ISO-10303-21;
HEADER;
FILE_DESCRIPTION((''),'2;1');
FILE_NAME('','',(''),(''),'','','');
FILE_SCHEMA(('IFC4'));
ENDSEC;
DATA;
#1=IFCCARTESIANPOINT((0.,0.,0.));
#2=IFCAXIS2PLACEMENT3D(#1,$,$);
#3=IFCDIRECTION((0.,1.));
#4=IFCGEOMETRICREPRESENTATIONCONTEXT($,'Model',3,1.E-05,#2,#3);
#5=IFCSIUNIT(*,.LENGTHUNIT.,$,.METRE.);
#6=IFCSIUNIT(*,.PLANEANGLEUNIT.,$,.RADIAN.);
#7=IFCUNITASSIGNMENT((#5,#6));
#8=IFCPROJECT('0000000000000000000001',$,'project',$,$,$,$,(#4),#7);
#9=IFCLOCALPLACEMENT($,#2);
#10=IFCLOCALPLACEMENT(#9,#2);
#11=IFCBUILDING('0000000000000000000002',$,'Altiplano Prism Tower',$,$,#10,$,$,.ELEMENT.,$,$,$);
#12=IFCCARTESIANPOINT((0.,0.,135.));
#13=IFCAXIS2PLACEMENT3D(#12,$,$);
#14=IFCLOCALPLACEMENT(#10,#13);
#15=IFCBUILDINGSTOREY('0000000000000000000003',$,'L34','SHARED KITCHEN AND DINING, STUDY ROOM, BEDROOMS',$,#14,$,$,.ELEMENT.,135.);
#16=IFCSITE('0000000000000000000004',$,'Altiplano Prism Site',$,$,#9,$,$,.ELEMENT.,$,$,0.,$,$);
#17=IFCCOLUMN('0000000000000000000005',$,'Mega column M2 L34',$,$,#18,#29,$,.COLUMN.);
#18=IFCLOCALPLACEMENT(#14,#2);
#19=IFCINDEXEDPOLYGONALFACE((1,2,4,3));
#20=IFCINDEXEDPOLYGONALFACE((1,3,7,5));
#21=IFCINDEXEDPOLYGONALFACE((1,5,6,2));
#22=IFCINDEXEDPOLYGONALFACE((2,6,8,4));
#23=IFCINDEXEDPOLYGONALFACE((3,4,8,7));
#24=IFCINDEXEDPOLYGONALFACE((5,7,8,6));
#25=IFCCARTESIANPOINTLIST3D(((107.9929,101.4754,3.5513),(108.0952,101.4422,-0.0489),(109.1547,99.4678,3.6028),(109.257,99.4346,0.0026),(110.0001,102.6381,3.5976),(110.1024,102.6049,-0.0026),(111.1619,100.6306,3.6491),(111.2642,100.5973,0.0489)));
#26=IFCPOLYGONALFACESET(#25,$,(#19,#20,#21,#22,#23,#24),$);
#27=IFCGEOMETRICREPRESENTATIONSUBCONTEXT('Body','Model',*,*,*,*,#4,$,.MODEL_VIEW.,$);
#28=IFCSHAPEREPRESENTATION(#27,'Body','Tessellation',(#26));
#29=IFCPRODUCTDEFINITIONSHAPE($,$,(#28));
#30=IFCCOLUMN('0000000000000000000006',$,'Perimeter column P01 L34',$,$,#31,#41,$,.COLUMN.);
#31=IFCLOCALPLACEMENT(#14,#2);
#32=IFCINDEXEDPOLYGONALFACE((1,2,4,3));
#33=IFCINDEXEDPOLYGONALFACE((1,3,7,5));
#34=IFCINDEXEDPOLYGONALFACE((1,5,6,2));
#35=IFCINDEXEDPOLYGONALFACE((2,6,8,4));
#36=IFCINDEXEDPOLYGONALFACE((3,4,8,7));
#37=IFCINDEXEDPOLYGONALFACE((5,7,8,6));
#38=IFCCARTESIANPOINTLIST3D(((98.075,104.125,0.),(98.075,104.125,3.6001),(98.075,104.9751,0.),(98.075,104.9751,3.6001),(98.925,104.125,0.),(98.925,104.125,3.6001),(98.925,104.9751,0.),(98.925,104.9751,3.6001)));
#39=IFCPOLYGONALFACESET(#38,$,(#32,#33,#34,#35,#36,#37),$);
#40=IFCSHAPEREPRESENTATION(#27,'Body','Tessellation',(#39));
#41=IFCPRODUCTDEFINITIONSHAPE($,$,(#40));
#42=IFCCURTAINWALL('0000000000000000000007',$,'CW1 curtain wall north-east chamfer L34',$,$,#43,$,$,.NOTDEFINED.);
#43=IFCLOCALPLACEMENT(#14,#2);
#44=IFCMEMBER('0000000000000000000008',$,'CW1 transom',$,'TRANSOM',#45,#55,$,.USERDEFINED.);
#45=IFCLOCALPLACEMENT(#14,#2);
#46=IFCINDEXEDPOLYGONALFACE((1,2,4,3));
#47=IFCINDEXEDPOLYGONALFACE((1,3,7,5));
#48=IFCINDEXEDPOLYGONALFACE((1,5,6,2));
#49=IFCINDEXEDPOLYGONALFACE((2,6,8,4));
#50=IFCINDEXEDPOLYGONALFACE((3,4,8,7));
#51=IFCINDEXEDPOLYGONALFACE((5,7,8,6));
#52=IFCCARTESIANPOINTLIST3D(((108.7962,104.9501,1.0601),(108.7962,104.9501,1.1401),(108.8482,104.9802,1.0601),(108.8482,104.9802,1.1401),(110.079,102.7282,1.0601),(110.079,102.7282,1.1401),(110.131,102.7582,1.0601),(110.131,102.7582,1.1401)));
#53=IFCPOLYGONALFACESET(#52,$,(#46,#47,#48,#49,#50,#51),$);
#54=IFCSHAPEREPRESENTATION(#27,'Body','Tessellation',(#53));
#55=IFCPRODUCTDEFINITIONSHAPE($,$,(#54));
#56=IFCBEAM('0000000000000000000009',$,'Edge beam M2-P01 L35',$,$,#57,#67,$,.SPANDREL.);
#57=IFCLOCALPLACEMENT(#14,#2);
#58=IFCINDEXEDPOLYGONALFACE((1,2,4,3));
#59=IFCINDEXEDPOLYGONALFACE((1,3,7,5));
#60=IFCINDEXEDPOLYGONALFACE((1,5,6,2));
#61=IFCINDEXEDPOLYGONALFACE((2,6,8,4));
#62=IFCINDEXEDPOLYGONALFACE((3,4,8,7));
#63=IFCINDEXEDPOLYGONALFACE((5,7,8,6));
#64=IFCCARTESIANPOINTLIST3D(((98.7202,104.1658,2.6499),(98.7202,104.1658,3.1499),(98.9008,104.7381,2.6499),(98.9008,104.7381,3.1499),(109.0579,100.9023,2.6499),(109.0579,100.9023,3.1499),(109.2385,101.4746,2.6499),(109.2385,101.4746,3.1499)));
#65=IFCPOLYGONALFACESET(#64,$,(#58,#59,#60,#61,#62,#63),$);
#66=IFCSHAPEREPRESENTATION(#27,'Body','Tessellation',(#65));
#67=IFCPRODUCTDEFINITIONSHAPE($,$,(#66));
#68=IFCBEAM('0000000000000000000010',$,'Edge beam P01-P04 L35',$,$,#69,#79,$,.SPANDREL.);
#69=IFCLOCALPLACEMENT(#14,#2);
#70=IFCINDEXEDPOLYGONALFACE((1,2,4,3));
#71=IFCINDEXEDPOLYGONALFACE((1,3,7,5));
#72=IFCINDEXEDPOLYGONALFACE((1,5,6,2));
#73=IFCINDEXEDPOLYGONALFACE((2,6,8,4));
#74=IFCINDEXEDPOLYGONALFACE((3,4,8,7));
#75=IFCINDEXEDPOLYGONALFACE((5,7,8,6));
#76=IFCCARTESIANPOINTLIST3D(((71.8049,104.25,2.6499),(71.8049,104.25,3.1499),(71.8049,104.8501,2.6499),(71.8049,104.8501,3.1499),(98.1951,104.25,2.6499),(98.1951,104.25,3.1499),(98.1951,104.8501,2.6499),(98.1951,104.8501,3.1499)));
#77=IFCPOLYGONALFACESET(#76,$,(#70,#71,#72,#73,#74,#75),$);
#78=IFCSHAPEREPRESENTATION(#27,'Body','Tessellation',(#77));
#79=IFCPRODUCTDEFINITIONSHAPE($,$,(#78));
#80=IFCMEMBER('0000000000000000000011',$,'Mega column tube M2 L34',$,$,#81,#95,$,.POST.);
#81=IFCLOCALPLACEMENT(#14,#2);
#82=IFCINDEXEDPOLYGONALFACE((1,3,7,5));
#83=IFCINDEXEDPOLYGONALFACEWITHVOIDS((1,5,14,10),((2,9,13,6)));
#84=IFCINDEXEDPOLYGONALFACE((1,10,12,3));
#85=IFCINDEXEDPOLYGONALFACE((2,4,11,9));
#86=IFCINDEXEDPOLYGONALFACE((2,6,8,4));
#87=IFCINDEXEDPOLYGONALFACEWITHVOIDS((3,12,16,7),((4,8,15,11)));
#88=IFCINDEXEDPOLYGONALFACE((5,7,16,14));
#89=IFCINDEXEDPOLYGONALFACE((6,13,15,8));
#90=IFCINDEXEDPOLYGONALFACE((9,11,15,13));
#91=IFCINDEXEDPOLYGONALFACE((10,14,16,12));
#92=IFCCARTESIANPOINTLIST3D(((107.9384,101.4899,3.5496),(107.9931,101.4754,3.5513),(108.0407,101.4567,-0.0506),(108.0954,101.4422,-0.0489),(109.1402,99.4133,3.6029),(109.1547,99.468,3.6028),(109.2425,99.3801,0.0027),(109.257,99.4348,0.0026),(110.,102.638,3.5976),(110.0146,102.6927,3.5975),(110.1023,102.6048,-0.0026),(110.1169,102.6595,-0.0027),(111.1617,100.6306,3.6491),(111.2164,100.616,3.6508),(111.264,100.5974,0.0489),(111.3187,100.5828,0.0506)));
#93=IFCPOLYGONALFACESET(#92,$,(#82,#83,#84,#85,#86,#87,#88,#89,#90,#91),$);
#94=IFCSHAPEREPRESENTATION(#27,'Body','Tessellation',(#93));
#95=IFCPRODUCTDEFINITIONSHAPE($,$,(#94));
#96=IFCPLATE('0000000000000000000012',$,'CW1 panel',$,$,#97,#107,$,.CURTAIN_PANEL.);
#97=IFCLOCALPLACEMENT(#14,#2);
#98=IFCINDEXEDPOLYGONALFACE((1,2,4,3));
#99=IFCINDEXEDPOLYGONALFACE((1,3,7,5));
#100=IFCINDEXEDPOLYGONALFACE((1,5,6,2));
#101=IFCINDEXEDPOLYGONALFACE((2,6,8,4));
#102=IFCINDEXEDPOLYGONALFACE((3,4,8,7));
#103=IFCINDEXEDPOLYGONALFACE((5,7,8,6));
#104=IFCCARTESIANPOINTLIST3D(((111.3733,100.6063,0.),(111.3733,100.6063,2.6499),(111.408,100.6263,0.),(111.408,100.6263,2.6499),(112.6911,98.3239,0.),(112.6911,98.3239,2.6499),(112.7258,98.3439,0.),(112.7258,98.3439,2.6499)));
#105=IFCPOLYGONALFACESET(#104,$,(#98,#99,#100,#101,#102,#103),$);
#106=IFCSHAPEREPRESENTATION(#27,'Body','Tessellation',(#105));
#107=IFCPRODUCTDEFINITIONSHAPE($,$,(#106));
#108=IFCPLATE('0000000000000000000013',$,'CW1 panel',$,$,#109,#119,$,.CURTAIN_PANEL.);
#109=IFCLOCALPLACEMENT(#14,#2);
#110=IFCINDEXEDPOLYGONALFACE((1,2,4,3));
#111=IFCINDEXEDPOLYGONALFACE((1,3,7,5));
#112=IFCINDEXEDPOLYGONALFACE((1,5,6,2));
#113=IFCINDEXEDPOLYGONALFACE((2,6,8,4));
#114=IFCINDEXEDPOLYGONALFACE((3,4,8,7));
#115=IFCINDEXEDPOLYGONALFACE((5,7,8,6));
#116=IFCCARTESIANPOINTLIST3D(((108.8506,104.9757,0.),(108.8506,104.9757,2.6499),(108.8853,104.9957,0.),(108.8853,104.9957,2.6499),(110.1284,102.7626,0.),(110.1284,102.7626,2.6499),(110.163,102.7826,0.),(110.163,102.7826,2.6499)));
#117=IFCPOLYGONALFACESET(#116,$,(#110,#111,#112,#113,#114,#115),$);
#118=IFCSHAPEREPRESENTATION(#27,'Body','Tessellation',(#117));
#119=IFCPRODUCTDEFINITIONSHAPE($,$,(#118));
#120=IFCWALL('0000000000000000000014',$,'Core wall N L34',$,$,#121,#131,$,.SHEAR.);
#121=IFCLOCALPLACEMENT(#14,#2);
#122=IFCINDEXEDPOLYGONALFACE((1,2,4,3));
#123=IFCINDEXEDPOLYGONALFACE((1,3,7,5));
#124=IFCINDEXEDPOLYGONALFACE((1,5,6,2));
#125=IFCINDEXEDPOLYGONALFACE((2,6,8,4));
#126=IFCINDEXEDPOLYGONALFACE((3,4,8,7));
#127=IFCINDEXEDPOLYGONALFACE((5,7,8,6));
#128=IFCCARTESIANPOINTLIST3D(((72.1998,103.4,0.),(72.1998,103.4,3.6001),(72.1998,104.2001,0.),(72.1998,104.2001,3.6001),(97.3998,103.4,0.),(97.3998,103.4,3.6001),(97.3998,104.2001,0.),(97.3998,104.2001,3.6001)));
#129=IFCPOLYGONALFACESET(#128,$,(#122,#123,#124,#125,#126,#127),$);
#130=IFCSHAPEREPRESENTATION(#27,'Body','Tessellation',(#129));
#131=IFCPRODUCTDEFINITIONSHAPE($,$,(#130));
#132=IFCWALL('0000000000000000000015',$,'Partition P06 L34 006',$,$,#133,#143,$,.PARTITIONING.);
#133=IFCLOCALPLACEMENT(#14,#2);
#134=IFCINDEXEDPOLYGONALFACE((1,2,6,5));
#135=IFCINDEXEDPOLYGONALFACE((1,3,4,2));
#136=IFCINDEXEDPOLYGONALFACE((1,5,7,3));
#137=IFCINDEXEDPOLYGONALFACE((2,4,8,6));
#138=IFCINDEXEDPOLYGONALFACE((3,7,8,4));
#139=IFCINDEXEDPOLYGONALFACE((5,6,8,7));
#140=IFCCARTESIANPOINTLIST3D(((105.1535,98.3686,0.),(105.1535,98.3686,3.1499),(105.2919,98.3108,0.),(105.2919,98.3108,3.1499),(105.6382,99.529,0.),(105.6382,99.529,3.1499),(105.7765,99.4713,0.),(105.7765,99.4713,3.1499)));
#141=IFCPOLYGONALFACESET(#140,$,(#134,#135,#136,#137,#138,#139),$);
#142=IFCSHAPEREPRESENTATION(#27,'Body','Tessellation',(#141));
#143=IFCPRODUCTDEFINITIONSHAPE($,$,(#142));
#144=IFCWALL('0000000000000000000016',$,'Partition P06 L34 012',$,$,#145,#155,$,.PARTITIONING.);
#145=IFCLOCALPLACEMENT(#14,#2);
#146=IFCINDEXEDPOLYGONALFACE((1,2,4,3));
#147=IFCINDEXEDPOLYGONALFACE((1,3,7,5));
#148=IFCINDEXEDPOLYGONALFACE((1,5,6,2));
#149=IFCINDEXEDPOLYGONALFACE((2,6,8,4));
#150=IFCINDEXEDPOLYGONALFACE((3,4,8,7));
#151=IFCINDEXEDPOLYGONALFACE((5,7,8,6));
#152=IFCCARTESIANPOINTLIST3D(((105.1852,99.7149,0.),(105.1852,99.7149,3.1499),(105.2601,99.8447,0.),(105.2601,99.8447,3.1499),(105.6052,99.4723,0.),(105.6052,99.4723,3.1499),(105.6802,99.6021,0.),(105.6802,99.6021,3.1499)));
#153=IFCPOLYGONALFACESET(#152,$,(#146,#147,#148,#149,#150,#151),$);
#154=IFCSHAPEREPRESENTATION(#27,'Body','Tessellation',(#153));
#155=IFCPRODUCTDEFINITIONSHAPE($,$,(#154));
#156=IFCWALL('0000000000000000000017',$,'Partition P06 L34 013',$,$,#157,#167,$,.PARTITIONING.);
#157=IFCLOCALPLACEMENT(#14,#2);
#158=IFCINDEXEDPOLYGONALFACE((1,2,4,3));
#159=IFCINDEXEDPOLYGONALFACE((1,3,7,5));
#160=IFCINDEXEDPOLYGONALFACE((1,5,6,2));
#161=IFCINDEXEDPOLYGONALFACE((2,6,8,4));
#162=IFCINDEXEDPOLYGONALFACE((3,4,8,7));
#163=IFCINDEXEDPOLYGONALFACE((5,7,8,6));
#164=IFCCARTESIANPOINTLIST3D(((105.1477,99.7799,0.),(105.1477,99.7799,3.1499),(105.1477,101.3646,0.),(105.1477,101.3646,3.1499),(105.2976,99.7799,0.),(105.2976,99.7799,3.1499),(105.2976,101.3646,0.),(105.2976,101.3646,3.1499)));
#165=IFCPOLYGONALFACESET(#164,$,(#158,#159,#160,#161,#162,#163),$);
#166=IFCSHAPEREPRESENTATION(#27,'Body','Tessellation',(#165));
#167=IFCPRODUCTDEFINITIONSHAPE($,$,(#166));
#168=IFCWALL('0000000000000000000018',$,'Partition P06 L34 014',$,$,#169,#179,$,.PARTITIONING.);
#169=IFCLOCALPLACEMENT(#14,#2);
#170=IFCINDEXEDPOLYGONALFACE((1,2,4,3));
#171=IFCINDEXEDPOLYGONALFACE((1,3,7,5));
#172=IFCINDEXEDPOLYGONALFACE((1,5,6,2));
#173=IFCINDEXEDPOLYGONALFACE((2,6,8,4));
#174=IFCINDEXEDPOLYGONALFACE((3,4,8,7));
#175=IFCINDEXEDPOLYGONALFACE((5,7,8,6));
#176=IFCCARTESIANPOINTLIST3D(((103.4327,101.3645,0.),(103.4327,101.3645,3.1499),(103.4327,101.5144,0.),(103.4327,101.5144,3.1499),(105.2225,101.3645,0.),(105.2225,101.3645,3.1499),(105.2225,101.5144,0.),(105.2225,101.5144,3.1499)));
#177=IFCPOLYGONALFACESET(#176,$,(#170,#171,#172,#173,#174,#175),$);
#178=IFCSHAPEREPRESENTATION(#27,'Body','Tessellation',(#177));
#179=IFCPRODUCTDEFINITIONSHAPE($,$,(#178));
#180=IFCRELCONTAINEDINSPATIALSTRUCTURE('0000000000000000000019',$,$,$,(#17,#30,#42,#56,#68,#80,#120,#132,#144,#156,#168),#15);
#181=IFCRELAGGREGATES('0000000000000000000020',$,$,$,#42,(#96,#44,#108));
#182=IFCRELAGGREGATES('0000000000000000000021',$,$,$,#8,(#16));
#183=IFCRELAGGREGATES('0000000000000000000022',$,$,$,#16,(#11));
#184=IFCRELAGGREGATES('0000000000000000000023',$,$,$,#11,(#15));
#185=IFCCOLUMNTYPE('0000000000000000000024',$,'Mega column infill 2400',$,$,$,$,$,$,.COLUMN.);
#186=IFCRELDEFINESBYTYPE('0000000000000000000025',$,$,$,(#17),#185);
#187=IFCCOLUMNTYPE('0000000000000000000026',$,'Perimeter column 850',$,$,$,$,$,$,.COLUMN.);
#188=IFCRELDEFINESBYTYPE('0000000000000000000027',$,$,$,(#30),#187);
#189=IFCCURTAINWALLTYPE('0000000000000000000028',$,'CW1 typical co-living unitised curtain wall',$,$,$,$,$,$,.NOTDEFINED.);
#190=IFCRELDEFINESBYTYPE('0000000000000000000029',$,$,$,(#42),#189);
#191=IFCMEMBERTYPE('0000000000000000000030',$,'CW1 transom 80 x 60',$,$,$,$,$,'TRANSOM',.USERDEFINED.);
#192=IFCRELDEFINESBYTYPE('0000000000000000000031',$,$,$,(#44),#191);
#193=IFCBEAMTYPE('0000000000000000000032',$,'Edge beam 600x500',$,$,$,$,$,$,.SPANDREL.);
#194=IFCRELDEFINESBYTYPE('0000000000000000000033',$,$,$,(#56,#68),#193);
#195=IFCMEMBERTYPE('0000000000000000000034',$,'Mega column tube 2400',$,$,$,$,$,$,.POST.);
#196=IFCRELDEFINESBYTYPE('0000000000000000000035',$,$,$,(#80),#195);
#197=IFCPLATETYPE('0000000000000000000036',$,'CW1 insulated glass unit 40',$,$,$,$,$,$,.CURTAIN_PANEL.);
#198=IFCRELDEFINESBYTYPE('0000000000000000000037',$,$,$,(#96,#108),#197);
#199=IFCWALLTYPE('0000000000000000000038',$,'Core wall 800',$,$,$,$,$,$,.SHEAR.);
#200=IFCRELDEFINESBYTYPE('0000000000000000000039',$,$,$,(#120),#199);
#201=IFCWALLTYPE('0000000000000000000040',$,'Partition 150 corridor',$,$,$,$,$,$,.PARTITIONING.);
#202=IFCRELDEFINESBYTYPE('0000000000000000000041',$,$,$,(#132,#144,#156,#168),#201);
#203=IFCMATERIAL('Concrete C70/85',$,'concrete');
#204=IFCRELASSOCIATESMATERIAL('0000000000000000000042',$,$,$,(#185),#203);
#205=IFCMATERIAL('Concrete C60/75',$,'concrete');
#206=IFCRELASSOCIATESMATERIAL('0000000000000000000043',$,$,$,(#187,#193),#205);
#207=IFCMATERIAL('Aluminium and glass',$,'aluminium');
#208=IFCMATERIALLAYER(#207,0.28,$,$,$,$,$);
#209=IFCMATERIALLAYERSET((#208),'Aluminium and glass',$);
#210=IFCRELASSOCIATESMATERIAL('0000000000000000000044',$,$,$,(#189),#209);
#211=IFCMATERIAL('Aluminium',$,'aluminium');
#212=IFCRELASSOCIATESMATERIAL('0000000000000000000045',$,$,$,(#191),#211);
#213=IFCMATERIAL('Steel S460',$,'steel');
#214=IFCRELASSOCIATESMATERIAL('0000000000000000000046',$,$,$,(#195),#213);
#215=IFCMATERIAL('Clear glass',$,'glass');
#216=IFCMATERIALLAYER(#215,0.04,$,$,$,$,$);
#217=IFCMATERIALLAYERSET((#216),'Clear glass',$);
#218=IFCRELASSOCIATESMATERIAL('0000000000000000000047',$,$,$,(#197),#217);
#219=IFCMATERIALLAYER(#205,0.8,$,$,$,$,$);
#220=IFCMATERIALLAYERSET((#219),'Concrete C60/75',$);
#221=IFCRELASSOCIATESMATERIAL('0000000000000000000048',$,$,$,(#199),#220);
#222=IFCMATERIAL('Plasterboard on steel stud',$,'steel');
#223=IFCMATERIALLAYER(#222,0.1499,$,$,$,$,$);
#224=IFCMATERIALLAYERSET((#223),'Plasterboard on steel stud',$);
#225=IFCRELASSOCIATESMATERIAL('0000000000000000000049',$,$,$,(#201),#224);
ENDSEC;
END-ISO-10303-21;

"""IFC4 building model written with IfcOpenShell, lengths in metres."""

from ifc_helpers import new_model, si_unit, direction, frame, frame_2d, origin, origin_2d, place, context, subcontext, project, spatial, rectangle, hollow_rectangle, extrude, material, layer, layer_set, material_profile, profile_set, type_object, element, aggregate, save


model = new_model("IFC4")

# Units and contexts
model_context = context("Model", 3, precision=1e-05, world=origin(), true_north=direction((0.0, 1.0)))
body_context = subcontext(model_context, "Body", "Model", "MODEL_VIEW")
ifc_project = project(units=[si_unit("LENGTHUNIT", "METRE"), si_unit("PLANEANGLEUNIT", "RADIAN")], contexts=[model_context])

# Site, building, storey
site_placement = place(None, origin())
site = spatial("IfcSite", under=ifc_project, at=site_placement, Name="Altiplano Prism Site", CompositionType="ELEMENT", RefElevation=0.0)
building_placement = place(site_placement, origin())
building = spatial("IfcBuilding", under=site, at=building_placement, Name="Altiplano Prism Tower", CompositionType="ELEMENT")
storey_placement = place(building_placement, frame((0.0, 0.0, 135.0)))
storey = spatial("IfcBuildingStorey", under=building, at=storey_placement, Name="L34", Description="SHARED KITCHEN AND DINING, STUDY ROOM, BEDROOMS", CompositionType="ELEMENT", Elevation=135.0)

# Columns
ifc_material_1 = material(Name="Concrete C70/85", Category="concrete")
ifc_material_profile_1 = material_profile(ifc_material_1, rectangle(XDim=2.3201, YDim=2.3201, at=origin_2d()), Name="Mega column infill 2400")
ifc_profile_set_1 = profile_set([ifc_material_profile_1], Name="Concrete C70/85")
column_type_1 = type_object("IfcColumnType", Name="Mega column infill 2400", PredefinedType="COLUMN", material=ifc_profile_set_1)
column_1_placement = place(storey_placement, frame((109.6797, 101.0198, 0.0), z_axis=(-0.028402, 0.009219, 0.999554), x_axis=(0.50075, -0.865307, 0.022209)))
element("IfcColumn", 1, at=column_1_placement, inside=storey, type_object=column_type_1, Name="Mega column M2 L34", PredefinedType="COLUMN", context=body_context, shape_type="SweptSolid", body=[
    extrude(rectangle(XDim=2.3201, YDim=2.3201, at=origin_2d()), origin(), (0.0, 0.0, 1.0), 3.6018),
])
ifc_material_2 = material(Name="Concrete C60/75", Category="concrete")
ifc_material_profile_2 = material_profile(ifc_material_2, rectangle(XDim=0.8501, YDim=0.8501, at=origin_2d()), Name="Perimeter column 850")
ifc_profile_set_2 = profile_set([ifc_material_profile_2], Name="Concrete C60/75")
column_type_2 = type_object("IfcColumnType", Name="Perimeter column 850", PredefinedType="COLUMN", material=ifc_profile_set_2)
column_2_placement = place(storey_placement, frame((98.5, 104.55, 0.0), z_axis=(0.0, 0.0, 1.0), x_axis=(1.0, 0.0, 0.0)))
element("IfcColumn", 2, at=column_2_placement, inside=storey, type_object=column_type_2, Name="Perimeter column P01 L34", PredefinedType="COLUMN", context=body_context, shape_type="SweptSolid", body=[
    extrude(rectangle(XDim=0.8501, YDim=0.8501, at=origin_2d()), origin(), (0.0, 0.0, 1.0), 3.6001),
])

# Curtain wall, member
ifc_material_3 = material(Name="Aluminium and glass", Category="aluminium")
ifc_layer_1 = layer(ifc_material_3, 0.28)
ifc_layer_set_1 = layer_set([ifc_layer_1], Name="Aluminium and glass")
curtain_wall_type = type_object("IfcCurtainWallType", Name="CW1 typical co-living unitised curtain wall", PredefinedType="NOTDEFINED", material=ifc_layer_set_1)
curtain_wall_placement = place(storey_placement, origin())
curtain_wall = element("IfcCurtainWall", 3, at=curtain_wall_placement, inside=storey, type_object=curtain_wall_type, Name="CW1 curtain wall north-east chamfer L34", PredefinedType="NOTDEFINED")
ifc_material_4 = material(Name="Aluminium", Category="aluminium")
ifc_material_profile_3 = material_profile(ifc_material_4, rectangle(XDim=0.0601, YDim=0.0801, at=origin_2d()), Name="CW1 transom 80 x 60")
ifc_profile_set_3 = profile_set([ifc_material_profile_3], Name="Aluminium")
member_type_1 = type_object("IfcMemberType", Name="CW1 transom 80 x 60", ElementType="TRANSOM", PredefinedType="USERDEFINED", material=ifc_profile_set_3)
member_1_placement = place(storey_placement, frame((110.105, 102.7432, 1.1001), z_axis=(-0.499967, 0.866045, 0.0), x_axis=(-0.866045, -0.499967, 0.0)))
member_1 = element("IfcMember", 4, at=member_1_placement, type_object=member_type_1, Name="CW1 transom", ObjectType="TRANSOM", PredefinedType="USERDEFINED", context=body_context, shape_type="SweptSolid", body=[
    extrude(rectangle(XDim=0.0601, YDim=0.0801, at=origin_2d()), origin(), (0.0, 0.0, 1.0), 2.5657),
])

# Beams
ifc_material_profile_4 = material_profile(ifc_material_2, rectangle(XDim=0.6001, YDim=0.5, at=origin_2d()), Name="Edge beam 600x500")
ifc_profile_set_4 = profile_set([ifc_material_profile_4], Name="Concrete C60/75")
beam_type = type_object("IfcBeamType", Name="Edge beam 600x500", PredefinedType="SPANDREL", material=ifc_profile_set_4)
beam_1_placement = place(storey_placement, frame((109.1482, 101.1885, 2.8999), z_axis=(-0.953612, 0.30104, 0.0), x_axis=(-0.30104, -0.953612, 0.0)))
element("IfcBeam", 5, at=beam_1_placement, inside=storey, type_object=beam_type, Name="Edge beam M2-P01 L35", PredefinedType="SPANDREL", context=body_context, shape_type="SweptSolid", body=[
    extrude(rectangle(XDim=0.6001, YDim=0.5, at=origin_2d()), origin(), (0.0, 0.0, 1.0), 10.8406),
])
beam_2_placement = place(storey_placement, frame((98.1951, 104.55, 2.8999), z_axis=(-1.0, 0.0, 0.0), x_axis=(0.0, -1.0, 0.0)))
element("IfcBeam", 6, at=beam_2_placement, inside=storey, type_object=beam_type, Name="Edge beam P01-P04 L35", PredefinedType="SPANDREL", context=body_context, shape_type="SweptSolid", body=[
    extrude(rectangle(XDim=0.6001, YDim=0.5, at=origin_2d()), origin(), (0.0, 0.0, 1.0), 26.3901),
])

# Member
ifc_material_5 = material(Name="Steel S460", Category="steel")
ifc_material_profile_5 = material_profile(ifc_material_5, hollow_rectangle(XDim=2.3999, YDim=2.3999, WallThickness=0.04, at=origin_2d()), Name="Mega column tube 2400")
ifc_profile_set_5 = profile_set([ifc_material_profile_5], Name="Steel S460")
member_type_2 = type_object("IfcMemberType", Name="Mega column tube 2400", PredefinedType="POST", material=ifc_profile_set_5)
member_2_placement = place(storey_placement, frame((109.6797, 101.0198, 0.0), z_axis=(-0.028402, 0.009219, 0.999554), x_axis=(0.50075, -0.865307, 0.022209)))
element("IfcMember", 7, at=member_2_placement, inside=storey, type_object=member_type_2, Name="Mega column tube M2 L34", PredefinedType="POST", context=body_context, shape_type="SweptSolid", body=[
    extrude(hollow_rectangle(XDim=2.3999, YDim=2.3999, WallThickness=0.04, at=origin_2d()), origin(), (0.0, 0.0, 1.0), 3.6018),
])

# Plates
ifc_material_6 = material(Name="Clear glass", Category="glass")
ifc_layer_2 = layer(ifc_material_6, 0.04)
ifc_layer_set_2 = layer_set([ifc_layer_2], Name="Clear glass")
plate_type = type_object("IfcPlateType", Name="CW1 insulated glass unit 40", PredefinedType="CURTAIN_PANEL", material=ifc_layer_set_2)
plate_1_placement = place(storey_placement, frame((112.0496, 99.4751, 0.0), z_axis=(0.0, 0.0, 1.0), x_axis=(-0.5, 0.866025, 0.0)))
plate_1 = element("IfcPlate", 8, at=plate_1_placement, type_object=plate_type, Name="CW1 panel", PredefinedType="CURTAIN_PANEL", context=body_context, shape_type="SweptSolid", body=[
    extrude(rectangle(XDim=2.6355, YDim=0.04, at=origin_2d()), origin(), (0.0, 0.0, 1.0), 2.6499),
])
plate_2_placement = place(storey_placement, frame((109.5068, 103.8792, 0.0), z_axis=(0.0, 0.0, 1.0), x_axis=(-0.5, 0.866025, 0.0)))
plate_2 = element("IfcPlate", 9, at=plate_2_placement, type_object=plate_type, Name="CW1 panel", PredefinedType="CURTAIN_PANEL", context=body_context, shape_type="SweptSolid", body=[
    extrude(rectangle(XDim=2.5554, YDim=0.04, at=origin_2d()), origin(), (0.0, 0.0, 1.0), 2.6499),
])
aggregate(curtain_wall, [plate_1, member_1, plate_2])

# Walls
ifc_layer_3 = layer(ifc_material_2, 0.8)
ifc_layer_set_3 = layer_set([ifc_layer_3], Name="Concrete C60/75")
wall_type_1 = type_object("IfcWallType", Name="Core wall 800", PredefinedType="SHEAR", material=ifc_layer_set_3)
wall_1_placement = place(storey_placement, frame((97.3999, 103.8, 0.0), z_axis=(0.0, 0.0, 1.0), x_axis=(-1.0, 0.0, 0.0)))
element("IfcWall", 10, at=wall_1_placement, inside=storey, type_object=wall_type_1, Name="Core wall N L34", PredefinedType="SHEAR", context=body_context, shape_type="SweptSolid", body=[
    extrude(rectangle(XDim=25.2, YDim=0.8, at=frame_2d((12.6001, 0.0))), origin(), (0.0, 0.0, 1.0), 3.6001),
])
ifc_material_7 = material(Name="Plasterboard on steel stud", Category="steel")
ifc_layer_4 = layer(ifc_material_7, 0.1499)
ifc_layer_set_4 = layer_set([ifc_layer_4], Name="Plasterboard on steel stud")
wall_type_2 = type_object("IfcWallType", Name="Partition 150 corridor", PredefinedType="PARTITIONING", material=ifc_layer_set_4)
wall_2_placement = place(storey_placement, frame((105.2227, 98.3396, 0.0), z_axis=(0.0, 0.0, 1.0), x_axis=(0.385373, 0.922761, 0.0)))
element("IfcWall", 11, at=wall_2_placement, inside=storey, type_object=wall_type_2, Name="Partition P06 L34 006", PredefinedType="PARTITIONING", context=body_context, shape_type="SweptSolid", body=[
    extrude(rectangle(XDim=1.2576, YDim=0.1499, at=frame_2d((0.6289, 0.0))), origin(), (0.0, 0.0, 1.0), 3.1499),
])
wall_3_placement = place(storey_placement, frame((105.6428, 99.5371, 0.0), z_axis=(0.0, 0.0, 1.0), x_axis=(-0.865943, 0.500143, 0.0)))
element("IfcWall", 12, at=wall_3_placement, inside=storey, type_object=wall_type_2, Name="Partition P06 L34 012", PredefinedType="PARTITIONING", context=body_context, shape_type="SweptSolid", body=[
    extrude(rectangle(XDim=0.4851, YDim=0.1499, at=frame_2d((0.2427, 0.0))), origin(), (0.0, 0.0, 1.0), 3.1499),
])
wall_4_placement = place(storey_placement, frame((105.2227, 99.7798, 0.0), z_axis=(0.0, 0.0, 1.0), x_axis=(0.0, 1.0, 0.0)))
element("IfcWall", 13, at=wall_4_placement, inside=storey, type_object=wall_type_2, Name="Partition P06 L34 013", PredefinedType="PARTITIONING", context=body_context, shape_type="SweptSolid", body=[
    extrude(rectangle(XDim=1.5847, YDim=0.1499, at=frame_2d((0.7925, 0.0))), origin(), (0.0, 0.0, 1.0), 3.1499),
])
wall_5_placement = place(storey_placement, frame((105.2227, 101.4395, 0.0), z_axis=(0.0, 0.0, 1.0), x_axis=(-1.0, 0.0, 0.0)))
element("IfcWall", 14, at=wall_5_placement, inside=storey, type_object=wall_type_2, Name="Partition P06 L34 014", PredefinedType="PARTITIONING", context=body_context, shape_type="SweptSolid", body=[
    extrude(rectangle(XDim=1.7898, YDim=0.1499, at=frame_2d((0.895, 0.0))), origin(), (0.0, 0.0, 1.0), 3.1499),
])

save(model, "model.ifc")
